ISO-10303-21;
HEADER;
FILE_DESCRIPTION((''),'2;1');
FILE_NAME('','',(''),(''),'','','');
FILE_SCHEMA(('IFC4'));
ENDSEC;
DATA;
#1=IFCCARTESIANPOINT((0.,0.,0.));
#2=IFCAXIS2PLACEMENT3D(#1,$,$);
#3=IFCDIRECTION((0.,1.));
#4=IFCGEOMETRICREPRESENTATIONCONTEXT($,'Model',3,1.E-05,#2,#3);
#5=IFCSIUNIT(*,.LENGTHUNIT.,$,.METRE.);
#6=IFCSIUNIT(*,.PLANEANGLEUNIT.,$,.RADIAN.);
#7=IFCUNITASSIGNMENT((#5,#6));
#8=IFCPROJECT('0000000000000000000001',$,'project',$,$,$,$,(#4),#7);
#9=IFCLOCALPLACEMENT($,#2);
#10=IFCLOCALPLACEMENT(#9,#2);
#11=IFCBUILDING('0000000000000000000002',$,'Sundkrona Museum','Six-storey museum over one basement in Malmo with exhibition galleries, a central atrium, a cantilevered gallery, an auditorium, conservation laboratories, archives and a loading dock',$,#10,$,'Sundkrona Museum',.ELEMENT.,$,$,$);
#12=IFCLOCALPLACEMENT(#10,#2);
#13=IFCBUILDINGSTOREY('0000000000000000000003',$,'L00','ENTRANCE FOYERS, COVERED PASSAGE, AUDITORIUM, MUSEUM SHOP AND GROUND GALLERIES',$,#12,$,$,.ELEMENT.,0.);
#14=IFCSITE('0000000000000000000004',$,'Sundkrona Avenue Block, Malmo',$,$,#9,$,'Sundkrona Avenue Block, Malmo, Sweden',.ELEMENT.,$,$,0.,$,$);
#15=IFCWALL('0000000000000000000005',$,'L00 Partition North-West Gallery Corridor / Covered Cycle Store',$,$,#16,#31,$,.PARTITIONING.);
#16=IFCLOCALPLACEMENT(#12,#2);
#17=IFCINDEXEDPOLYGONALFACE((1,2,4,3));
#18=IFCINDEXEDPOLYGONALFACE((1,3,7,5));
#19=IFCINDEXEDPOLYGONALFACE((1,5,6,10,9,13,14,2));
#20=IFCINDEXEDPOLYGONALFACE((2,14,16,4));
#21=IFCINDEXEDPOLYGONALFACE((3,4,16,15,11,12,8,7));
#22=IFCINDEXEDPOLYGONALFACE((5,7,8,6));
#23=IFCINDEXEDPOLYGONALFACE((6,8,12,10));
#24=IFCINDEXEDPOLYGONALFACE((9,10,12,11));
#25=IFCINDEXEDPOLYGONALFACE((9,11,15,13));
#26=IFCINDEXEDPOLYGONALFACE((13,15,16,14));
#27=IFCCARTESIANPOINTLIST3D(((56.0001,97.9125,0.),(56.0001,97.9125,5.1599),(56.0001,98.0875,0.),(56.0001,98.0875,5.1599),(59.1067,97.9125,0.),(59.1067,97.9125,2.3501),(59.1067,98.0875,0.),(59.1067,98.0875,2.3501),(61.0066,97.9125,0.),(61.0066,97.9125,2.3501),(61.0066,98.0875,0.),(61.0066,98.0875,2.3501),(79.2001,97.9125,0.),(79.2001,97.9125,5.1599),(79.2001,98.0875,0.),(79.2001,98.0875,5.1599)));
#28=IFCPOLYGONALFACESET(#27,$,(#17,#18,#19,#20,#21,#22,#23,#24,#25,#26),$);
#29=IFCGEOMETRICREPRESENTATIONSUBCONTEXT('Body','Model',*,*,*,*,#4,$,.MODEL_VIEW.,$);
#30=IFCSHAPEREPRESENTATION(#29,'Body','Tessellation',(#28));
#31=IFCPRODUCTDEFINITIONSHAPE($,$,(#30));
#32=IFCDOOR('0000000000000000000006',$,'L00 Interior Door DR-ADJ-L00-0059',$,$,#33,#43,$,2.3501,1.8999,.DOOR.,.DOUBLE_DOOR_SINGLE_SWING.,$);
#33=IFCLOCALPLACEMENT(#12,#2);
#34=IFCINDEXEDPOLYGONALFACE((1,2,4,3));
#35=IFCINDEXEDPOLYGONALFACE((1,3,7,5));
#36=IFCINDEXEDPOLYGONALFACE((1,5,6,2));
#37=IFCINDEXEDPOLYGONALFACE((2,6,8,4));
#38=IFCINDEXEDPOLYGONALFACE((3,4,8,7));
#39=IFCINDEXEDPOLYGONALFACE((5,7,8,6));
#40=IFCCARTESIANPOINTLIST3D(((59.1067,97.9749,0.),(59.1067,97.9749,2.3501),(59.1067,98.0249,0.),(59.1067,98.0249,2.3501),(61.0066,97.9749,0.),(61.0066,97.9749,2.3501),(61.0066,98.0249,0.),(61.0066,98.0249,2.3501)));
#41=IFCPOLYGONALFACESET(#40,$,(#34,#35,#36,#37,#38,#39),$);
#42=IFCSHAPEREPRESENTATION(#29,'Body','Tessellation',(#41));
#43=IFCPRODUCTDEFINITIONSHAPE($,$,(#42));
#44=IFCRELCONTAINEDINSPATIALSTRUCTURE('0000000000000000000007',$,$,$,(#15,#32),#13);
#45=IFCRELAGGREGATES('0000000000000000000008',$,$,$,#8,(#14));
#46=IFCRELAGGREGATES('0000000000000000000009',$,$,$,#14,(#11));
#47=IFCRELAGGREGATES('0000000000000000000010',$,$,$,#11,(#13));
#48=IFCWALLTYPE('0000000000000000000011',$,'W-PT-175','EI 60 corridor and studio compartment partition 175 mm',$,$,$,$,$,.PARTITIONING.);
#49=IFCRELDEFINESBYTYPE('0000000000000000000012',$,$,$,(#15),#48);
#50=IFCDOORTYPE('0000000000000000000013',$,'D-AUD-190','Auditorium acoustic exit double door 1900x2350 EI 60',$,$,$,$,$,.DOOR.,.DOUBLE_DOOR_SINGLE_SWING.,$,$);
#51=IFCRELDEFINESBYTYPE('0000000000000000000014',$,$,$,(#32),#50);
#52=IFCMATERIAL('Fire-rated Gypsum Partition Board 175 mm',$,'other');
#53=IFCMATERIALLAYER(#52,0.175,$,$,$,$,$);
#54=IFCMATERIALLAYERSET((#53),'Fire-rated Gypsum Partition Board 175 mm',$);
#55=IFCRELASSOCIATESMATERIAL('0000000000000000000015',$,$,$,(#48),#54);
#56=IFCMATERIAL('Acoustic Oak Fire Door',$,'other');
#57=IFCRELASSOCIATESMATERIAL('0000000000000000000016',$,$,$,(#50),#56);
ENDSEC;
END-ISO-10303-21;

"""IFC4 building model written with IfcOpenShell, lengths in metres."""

from ifc_helpers import new_model, si_unit, direction, frame, frame_2d, origin, place, context, subcontext, project, spatial, rectangle, extrude, material, layer, layer_set, type_object, element, fill, save


model = new_model("IFC4")

# Units and contexts
model_context = context("Model", 3, precision=1e-05, world=origin(), true_north=direction((0.0, 1.0)))
body_context = subcontext(model_context, "Body", "Model", "MODEL_VIEW")
ifc_project = project(units=[si_unit("LENGTHUNIT", "METRE"), si_unit("PLANEANGLEUNIT", "RADIAN")], contexts=[model_context])

# Site, building, storey
site_placement = place(None, origin())
site = spatial("IfcSite", under=ifc_project, at=site_placement, Name="Sundkrona Avenue Block, Malmo", LongName="Sundkrona Avenue Block, Malmo, Sweden", CompositionType="ELEMENT", RefElevation=0.0)
building_placement = place(site_placement, origin())
building = spatial("IfcBuilding", under=site, at=building_placement, Name="Sundkrona Museum", Description="Six-storey museum over one basement in Malmo with exhibition galleries, a central atrium, a cantilevered gallery, an auditorium, conservation laboratories, archives and a loading dock", LongName="Sundkrona Museum", CompositionType="ELEMENT")
storey_placement = place(building_placement, origin())
storey = spatial("IfcBuildingStorey", under=building, at=storey_placement, Name="L00", Description="ENTRANCE FOYERS, COVERED PASSAGE, AUDITORIUM, MUSEUM SHOP AND GROUND GALLERIES", CompositionType="ELEMENT", Elevation=0.0)

# Wall, opening, door
ifc_material_1 = material(Name="Fire-rated Gypsum Partition Board 175 mm", Category="other")
ifc_layer_1 = layer(ifc_material_1, 0.175)
ifc_layer_set_1 = layer_set([ifc_layer_1], Name="Fire-rated Gypsum Partition Board 175 mm")
wall_type = type_object("IfcWallType", Name="W-PT-175", Description="EI 60 corridor and studio compartment partition 175 mm", PredefinedType="PARTITIONING", material=ifc_layer_set_1)
ifc_material_2 = material(Name="Acoustic Oak Fire Door", Category="other")
door_type = type_object("IfcDoorType", Name="D-AUD-190", Description="Auditorium acoustic exit double door 1900x2350 EI 60", OperationType="DOUBLE_DOOR_SINGLE_SWING", PredefinedType="DOOR", material=ifc_material_2)
wall_1_placement = place(storey_placement, frame((56.0, 98.0, 0.0), z_axis=(0.0, 0.0, 1.0), x_axis=(1.0, 0.0, 0.0)))
wall_1 = element("IfcWall", 1, at=wall_1_placement, inside=storey, type_object=wall_type, Name="L00 Partition North-West Gallery Corridor / Covered Cycle Store", PredefinedType="PARTITIONING", context=body_context, shape_type="SweptSolid", body=[
    extrude(rectangle(XDim=23.2, YDim=0.175, at=frame_2d((11.6001, 0.0))), origin(), (0.0, 0.0, 1.0), 5.1599),
])
opening_1_placement = place(wall_1_placement, frame((3.1067, 0.0, 0.0)))
opening_1 = element("IfcOpeningElement", 2, at=opening_1_placement, cuts=wall_1, PredefinedType="OPENING", context=body_context, shape_type="SweptSolid", body=[
    extrude(rectangle(XDim=1.8999, YDim=2.3501, at=frame_2d((0.95, 1.175))), frame((0.0, 0.0974, 0.0), z_axis=(0.0, -1.0, 0.0), x_axis=(1.0, 0.0, 0.0)), (0.0, 0.0, 1.0), 0.1951),
])
door_1_placement = place(opening_1_placement, origin())
door_1 = element("IfcDoor", 3, at=door_1_placement, inside=storey, type_object=door_type, Name="L00 Interior Door DR-ADJ-L00-0059", OperationType="DOUBLE_DOOR_SINGLE_SWING", OverallHeight=2.3501, OverallWidth=1.8999, PredefinedType="DOOR", context=body_context, shape_type="SweptSolid", body=[
    extrude(rectangle(XDim=1.8999, YDim=2.3501, at=frame_2d((0.95, 1.175))), frame((0.0, 0.0249, 0.0), z_axis=(0.0, -1.0, 0.0), x_axis=(1.0, 0.0, 0.0)), (0.0, 0.0, 1.0), 0.05),
])
fill(opening_1, door_1)

save(model, "model.ifc")
